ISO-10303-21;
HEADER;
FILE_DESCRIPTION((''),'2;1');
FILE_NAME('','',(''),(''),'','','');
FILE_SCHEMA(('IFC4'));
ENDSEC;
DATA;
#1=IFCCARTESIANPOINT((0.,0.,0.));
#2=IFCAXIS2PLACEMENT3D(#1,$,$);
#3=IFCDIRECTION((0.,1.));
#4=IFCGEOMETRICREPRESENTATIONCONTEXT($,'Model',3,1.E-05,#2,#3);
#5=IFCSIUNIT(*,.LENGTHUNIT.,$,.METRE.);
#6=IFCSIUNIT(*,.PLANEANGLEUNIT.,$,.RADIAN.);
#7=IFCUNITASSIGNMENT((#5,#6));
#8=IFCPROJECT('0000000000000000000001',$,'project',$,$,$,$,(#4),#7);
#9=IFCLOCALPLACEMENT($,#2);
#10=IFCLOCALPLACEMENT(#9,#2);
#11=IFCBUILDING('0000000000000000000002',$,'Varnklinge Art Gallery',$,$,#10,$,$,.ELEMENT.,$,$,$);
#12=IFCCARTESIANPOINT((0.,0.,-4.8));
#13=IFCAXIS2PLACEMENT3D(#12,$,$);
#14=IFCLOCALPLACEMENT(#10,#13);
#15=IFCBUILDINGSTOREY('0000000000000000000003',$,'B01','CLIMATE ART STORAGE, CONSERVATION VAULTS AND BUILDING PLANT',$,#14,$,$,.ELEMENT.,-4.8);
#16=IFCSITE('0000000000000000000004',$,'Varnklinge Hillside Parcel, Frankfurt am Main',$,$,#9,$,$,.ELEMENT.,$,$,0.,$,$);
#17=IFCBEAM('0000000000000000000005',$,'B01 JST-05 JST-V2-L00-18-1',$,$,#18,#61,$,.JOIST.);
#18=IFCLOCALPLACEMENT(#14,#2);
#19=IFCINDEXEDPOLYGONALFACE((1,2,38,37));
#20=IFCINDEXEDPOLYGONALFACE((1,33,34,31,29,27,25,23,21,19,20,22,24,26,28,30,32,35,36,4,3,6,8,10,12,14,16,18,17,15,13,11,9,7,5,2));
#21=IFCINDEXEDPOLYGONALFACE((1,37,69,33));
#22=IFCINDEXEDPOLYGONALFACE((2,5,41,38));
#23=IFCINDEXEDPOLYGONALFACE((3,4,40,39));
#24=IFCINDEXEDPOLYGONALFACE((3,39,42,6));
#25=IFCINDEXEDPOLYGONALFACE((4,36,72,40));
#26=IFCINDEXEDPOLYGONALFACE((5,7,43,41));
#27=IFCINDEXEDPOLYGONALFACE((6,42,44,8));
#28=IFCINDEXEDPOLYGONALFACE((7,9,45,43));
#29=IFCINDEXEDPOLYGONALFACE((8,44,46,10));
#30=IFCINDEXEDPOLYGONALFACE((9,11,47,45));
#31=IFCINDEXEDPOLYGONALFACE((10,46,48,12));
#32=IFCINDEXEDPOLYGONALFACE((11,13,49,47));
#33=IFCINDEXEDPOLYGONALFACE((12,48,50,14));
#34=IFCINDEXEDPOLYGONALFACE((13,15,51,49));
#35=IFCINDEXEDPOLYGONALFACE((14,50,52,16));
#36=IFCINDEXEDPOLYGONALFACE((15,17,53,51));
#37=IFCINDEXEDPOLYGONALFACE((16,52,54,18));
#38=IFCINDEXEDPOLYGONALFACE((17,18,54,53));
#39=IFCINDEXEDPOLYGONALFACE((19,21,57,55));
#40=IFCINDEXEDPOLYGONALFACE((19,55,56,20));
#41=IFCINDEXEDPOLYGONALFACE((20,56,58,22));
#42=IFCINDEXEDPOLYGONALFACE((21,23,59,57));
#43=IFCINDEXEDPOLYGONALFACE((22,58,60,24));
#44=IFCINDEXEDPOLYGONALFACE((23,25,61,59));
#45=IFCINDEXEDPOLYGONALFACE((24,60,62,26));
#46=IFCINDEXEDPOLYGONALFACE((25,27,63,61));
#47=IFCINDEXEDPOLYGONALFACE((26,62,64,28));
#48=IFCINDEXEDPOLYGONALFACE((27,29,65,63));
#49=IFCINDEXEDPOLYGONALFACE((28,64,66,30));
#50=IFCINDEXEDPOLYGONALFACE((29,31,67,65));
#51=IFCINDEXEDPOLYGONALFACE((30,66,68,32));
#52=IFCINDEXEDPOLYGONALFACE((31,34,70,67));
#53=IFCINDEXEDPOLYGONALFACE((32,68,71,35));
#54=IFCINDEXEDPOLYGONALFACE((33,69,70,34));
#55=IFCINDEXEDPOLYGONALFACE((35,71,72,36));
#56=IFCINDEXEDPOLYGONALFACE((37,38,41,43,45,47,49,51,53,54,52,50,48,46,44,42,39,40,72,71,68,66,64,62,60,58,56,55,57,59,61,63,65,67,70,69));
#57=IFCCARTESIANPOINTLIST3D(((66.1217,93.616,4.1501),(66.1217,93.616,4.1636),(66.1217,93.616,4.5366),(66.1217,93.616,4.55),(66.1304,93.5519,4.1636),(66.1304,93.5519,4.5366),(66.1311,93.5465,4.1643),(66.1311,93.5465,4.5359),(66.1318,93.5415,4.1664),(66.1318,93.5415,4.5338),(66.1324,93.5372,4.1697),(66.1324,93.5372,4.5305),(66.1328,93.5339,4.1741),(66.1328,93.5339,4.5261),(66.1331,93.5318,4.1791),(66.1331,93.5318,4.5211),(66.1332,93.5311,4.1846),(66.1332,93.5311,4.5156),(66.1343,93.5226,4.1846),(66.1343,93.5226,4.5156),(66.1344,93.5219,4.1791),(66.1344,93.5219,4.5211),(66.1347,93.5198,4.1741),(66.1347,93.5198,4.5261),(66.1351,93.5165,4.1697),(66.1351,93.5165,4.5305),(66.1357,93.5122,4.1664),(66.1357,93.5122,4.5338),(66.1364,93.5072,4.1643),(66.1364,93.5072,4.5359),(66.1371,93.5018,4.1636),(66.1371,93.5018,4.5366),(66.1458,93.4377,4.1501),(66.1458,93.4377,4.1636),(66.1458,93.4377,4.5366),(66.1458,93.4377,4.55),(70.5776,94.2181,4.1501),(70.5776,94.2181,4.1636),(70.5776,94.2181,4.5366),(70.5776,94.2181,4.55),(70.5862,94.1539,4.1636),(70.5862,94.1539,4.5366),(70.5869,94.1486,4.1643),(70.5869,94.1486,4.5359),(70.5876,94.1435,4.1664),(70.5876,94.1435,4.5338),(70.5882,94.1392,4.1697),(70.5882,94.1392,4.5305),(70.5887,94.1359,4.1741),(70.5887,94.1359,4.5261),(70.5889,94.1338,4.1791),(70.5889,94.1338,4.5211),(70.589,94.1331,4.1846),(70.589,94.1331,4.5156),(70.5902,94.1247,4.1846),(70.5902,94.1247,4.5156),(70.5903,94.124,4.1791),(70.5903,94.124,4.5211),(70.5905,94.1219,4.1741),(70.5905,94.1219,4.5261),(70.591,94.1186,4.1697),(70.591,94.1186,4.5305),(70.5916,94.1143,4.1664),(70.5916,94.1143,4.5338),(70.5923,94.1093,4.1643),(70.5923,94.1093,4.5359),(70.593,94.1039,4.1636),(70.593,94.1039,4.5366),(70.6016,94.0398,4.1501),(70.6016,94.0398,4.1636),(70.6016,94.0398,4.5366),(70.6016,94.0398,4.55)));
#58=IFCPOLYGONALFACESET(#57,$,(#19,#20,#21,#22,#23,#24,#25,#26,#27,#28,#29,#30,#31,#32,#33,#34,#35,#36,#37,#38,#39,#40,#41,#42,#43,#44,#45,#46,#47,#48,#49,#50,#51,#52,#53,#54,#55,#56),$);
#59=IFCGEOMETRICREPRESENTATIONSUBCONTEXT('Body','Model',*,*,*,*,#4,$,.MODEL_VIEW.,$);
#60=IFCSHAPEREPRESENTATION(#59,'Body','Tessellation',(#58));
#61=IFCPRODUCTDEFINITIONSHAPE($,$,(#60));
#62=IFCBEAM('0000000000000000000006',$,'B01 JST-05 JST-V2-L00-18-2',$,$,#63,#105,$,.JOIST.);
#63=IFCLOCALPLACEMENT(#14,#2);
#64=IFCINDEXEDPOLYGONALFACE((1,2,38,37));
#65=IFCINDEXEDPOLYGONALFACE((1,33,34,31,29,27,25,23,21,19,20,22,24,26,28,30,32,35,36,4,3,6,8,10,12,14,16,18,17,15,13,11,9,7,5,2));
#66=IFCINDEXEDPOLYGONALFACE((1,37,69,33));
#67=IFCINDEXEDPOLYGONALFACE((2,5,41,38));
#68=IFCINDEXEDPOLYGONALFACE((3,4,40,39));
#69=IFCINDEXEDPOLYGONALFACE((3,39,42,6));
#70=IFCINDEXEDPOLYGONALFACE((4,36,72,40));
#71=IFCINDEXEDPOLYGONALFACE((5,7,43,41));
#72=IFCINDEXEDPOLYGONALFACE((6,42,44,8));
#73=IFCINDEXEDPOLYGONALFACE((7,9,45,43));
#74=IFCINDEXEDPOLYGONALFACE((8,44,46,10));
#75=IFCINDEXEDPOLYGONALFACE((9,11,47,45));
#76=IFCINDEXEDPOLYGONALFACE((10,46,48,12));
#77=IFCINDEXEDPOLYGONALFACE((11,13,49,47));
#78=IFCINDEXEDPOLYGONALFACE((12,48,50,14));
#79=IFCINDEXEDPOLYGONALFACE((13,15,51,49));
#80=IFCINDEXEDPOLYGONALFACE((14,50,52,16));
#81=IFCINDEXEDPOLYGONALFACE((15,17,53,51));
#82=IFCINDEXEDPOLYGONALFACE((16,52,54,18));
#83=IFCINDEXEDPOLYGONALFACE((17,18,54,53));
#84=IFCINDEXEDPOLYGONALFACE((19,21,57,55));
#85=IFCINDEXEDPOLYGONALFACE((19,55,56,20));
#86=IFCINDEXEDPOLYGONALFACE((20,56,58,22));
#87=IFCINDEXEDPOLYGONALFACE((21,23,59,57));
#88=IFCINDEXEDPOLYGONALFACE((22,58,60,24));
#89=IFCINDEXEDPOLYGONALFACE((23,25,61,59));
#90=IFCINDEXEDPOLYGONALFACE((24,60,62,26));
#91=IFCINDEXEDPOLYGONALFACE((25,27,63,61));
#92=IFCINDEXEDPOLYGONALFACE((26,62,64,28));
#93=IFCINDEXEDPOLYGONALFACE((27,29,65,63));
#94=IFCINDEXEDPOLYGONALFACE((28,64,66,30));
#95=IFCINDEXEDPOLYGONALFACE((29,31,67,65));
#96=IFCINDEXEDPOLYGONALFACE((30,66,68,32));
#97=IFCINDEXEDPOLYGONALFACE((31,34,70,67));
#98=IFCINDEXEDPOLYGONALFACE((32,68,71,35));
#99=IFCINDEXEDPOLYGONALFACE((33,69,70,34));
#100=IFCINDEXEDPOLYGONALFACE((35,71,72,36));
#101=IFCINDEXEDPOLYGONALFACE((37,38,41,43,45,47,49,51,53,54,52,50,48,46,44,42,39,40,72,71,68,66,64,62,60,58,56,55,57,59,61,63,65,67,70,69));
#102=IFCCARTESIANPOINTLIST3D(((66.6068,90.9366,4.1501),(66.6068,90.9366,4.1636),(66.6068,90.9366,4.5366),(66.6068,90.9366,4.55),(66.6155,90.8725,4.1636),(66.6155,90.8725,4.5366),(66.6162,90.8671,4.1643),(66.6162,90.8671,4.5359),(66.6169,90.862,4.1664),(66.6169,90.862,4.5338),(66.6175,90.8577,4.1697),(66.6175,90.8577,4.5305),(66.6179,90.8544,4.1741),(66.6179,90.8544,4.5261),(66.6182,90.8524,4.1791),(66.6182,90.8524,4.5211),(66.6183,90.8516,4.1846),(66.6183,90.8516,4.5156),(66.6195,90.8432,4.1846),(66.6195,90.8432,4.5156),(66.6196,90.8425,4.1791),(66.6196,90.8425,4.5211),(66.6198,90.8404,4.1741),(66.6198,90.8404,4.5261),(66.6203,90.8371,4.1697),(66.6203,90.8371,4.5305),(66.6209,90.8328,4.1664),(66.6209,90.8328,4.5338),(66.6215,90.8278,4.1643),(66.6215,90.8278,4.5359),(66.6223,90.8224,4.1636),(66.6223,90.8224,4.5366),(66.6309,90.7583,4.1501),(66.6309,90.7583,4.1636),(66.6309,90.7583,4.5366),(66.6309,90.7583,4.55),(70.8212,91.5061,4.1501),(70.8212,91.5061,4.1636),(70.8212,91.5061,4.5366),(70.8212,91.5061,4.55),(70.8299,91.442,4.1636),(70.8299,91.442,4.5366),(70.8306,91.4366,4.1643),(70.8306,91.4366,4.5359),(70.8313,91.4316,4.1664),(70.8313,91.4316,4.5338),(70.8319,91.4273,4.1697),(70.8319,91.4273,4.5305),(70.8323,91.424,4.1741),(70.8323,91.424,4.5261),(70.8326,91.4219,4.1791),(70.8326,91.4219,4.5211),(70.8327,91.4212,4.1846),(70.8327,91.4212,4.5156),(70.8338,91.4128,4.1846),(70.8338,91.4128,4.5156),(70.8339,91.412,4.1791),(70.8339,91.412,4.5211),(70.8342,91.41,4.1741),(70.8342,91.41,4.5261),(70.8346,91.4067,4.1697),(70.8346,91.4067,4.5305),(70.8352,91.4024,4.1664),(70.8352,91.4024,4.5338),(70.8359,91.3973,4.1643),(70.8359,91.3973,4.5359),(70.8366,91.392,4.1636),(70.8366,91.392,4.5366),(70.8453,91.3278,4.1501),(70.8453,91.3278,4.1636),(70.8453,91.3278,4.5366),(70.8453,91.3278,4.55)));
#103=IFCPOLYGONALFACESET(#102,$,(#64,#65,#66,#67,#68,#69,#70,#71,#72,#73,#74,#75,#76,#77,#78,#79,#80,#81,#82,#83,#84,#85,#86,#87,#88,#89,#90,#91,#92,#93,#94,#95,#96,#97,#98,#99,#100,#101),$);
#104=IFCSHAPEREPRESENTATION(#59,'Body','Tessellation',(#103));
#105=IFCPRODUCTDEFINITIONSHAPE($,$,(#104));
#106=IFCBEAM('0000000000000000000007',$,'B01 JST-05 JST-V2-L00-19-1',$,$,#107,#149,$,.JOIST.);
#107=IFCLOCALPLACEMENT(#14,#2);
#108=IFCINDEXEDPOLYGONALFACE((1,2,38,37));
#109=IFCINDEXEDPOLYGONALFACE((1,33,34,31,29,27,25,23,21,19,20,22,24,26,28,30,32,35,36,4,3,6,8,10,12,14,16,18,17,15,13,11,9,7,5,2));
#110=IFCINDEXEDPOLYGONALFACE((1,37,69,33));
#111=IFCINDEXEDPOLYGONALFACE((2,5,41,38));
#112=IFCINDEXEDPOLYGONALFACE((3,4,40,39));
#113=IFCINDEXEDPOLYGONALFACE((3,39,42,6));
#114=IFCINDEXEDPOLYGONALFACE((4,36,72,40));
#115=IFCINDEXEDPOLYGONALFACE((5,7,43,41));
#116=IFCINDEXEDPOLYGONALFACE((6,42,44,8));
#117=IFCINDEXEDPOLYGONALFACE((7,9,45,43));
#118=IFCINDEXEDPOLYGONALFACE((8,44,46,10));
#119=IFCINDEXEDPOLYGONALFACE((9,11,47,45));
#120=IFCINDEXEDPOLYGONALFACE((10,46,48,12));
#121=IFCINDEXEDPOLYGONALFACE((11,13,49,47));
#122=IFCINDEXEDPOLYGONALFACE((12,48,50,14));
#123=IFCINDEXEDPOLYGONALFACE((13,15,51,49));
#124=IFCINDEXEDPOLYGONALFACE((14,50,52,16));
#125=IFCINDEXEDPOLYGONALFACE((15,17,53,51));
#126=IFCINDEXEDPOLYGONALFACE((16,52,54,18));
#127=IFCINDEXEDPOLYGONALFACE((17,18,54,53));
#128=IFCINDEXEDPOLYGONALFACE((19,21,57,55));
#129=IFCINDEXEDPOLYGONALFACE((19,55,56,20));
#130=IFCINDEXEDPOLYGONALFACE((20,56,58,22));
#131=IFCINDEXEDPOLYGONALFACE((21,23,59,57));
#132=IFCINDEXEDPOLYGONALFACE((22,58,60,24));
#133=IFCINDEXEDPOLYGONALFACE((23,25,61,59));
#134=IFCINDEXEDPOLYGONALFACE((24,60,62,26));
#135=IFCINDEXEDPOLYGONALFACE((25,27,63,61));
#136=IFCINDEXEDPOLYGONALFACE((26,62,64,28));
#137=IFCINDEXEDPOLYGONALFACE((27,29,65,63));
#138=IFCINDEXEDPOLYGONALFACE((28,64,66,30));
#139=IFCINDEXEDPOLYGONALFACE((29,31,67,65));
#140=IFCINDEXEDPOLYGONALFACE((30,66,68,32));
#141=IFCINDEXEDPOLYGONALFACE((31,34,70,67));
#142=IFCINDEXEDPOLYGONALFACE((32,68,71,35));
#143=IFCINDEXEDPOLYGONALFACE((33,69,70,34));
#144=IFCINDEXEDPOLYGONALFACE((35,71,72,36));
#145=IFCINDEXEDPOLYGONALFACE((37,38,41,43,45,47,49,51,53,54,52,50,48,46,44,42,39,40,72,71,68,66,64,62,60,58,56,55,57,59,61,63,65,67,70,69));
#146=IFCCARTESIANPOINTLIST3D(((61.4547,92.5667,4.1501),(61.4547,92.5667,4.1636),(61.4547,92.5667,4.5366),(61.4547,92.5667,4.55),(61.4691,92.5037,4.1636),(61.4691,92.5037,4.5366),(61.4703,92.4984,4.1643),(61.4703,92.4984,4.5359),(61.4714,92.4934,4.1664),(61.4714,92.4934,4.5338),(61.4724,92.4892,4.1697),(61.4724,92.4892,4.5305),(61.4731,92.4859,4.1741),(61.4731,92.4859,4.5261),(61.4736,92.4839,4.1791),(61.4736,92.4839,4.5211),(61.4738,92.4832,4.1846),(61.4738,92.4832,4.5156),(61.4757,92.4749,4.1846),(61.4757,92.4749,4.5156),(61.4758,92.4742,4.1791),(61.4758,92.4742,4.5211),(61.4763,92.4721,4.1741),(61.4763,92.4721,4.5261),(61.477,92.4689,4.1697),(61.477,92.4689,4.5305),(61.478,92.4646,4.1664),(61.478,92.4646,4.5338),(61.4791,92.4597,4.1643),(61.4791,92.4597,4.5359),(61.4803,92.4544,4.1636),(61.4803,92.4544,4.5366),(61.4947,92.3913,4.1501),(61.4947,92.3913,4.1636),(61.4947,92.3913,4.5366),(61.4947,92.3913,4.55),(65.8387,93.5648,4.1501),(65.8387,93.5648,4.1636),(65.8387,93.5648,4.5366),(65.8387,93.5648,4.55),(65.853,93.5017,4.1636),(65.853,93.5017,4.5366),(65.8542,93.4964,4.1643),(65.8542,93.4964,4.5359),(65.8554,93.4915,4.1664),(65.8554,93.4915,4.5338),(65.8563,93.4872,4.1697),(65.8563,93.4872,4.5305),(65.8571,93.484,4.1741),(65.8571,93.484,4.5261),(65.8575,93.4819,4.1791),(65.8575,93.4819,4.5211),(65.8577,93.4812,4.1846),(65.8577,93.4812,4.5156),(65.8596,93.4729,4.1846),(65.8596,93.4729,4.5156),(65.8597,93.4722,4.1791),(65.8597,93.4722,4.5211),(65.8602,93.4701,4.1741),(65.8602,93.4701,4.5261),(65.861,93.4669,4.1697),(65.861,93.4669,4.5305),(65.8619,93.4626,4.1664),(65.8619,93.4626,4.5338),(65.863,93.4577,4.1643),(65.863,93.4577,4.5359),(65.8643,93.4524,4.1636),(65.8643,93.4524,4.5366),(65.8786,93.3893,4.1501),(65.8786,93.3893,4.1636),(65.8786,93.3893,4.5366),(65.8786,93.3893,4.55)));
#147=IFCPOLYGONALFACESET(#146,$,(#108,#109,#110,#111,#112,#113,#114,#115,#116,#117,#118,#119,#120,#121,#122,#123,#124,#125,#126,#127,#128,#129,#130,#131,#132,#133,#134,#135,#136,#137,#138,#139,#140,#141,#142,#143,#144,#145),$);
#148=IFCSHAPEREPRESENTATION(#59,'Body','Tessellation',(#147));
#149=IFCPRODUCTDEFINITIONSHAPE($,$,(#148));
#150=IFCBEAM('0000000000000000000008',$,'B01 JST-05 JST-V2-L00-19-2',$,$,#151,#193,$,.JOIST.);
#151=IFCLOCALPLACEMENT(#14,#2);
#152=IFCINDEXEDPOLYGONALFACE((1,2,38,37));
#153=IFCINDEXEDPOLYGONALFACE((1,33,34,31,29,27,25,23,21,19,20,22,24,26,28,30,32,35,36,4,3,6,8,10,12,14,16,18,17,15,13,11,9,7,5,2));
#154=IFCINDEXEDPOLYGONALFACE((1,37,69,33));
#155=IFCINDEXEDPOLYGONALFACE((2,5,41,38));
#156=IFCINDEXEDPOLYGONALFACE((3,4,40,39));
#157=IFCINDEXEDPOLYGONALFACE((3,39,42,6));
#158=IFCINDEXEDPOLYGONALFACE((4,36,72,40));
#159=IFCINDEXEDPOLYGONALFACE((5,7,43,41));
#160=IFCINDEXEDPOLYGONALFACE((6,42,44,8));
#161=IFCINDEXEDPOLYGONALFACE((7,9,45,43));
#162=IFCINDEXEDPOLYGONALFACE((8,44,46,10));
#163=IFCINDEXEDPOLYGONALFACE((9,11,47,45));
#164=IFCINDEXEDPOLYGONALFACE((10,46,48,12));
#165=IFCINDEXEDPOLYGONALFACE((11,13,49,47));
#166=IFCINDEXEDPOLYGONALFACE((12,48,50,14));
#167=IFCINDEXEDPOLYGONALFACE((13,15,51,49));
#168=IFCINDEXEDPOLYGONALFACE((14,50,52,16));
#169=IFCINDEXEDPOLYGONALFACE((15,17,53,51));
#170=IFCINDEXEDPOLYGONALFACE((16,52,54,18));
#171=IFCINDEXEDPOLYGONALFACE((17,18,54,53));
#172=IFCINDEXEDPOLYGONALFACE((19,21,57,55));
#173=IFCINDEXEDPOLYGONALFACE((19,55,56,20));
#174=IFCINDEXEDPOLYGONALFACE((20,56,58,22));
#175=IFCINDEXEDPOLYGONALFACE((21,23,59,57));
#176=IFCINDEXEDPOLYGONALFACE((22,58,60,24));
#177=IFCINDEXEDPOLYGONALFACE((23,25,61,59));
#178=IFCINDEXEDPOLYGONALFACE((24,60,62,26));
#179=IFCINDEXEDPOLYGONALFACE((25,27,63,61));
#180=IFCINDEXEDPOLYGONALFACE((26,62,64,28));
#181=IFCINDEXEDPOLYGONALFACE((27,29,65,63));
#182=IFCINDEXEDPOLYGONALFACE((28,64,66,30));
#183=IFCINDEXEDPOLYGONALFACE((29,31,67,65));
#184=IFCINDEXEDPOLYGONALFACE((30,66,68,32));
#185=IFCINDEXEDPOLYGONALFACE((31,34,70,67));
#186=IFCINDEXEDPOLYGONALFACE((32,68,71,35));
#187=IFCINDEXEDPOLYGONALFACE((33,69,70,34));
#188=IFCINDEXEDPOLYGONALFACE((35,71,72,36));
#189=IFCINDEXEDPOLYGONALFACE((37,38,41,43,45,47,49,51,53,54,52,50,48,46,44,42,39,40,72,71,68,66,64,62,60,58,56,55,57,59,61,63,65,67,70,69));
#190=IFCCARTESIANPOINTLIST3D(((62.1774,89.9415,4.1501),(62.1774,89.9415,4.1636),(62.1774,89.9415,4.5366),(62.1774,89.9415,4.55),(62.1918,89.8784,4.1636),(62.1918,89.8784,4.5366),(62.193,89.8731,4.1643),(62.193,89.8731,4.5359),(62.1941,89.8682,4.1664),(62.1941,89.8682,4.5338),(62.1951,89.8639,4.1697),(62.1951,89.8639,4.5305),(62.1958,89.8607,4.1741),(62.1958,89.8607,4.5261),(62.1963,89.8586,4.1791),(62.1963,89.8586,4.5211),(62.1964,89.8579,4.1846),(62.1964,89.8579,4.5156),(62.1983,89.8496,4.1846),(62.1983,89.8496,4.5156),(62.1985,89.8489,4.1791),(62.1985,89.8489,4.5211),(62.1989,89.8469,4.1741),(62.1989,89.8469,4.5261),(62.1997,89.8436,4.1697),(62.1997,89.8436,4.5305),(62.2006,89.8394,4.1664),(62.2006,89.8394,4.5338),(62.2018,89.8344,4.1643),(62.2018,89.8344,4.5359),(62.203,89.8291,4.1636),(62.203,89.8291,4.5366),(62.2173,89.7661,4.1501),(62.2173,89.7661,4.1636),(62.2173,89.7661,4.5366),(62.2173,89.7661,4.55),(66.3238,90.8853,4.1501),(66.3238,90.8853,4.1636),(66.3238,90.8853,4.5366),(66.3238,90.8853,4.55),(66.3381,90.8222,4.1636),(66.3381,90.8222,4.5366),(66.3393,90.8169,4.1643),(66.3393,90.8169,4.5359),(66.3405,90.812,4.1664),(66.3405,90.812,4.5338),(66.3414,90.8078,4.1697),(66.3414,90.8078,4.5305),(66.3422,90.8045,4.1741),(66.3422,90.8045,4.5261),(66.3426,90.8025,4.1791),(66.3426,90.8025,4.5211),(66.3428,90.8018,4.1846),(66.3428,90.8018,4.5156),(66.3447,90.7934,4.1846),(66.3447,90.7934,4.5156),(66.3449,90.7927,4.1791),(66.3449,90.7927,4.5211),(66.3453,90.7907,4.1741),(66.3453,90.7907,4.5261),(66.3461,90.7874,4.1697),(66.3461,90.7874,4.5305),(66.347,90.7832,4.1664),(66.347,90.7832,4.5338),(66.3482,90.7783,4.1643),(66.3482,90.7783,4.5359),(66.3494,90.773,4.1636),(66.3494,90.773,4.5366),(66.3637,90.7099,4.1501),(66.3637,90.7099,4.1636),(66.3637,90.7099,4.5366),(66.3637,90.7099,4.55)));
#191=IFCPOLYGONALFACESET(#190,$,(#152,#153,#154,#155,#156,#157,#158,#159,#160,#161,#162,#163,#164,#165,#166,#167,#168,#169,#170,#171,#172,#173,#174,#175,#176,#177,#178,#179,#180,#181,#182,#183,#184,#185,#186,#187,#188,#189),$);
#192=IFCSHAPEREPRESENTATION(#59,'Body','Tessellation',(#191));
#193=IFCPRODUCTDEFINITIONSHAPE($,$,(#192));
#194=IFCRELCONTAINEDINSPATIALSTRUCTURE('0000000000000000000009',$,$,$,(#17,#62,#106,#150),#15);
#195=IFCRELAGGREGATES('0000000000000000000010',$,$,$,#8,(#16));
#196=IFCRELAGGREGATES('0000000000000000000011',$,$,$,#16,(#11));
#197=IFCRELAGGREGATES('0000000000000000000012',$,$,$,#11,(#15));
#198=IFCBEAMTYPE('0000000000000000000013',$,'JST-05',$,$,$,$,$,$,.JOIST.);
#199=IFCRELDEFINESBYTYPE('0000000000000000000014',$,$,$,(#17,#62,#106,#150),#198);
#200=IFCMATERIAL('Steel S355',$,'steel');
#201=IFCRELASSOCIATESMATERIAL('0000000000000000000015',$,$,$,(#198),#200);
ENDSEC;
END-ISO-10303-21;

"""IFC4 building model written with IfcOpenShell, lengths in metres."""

from ifc_helpers import new_model, si_unit, direction, frame, origin, origin_2d, place, context, subcontext, project, spatial, i_section, extrude, material, material_profile, profile_set, type_object, element, save


model = new_model("IFC4")

# Units and contexts
model_context = context("Model", 3, precision=1e-05, world=origin(), true_north=direction((0.0, 1.0)))
body_context = subcontext(model_context, "Body", "Model", "MODEL_VIEW")
ifc_project = project(units=[si_unit("LENGTHUNIT", "METRE"), si_unit("PLANEANGLEUNIT", "RADIAN")], contexts=[model_context])

# Site, building, storey
site_placement = place(None, origin())
site = spatial("IfcSite", under=ifc_project, at=site_placement, Name="Varnklinge Hillside Parcel, Frankfurt am Main", CompositionType="ELEMENT", RefElevation=0.0)
building_placement = place(site_placement, origin())
building = spatial("IfcBuilding", under=site, at=building_placement, Name="Varnklinge Art Gallery", CompositionType="ELEMENT")
storey_placement = place(building_placement, frame((0.0, 0.0, -4.8)))
storey = spatial("IfcBuildingStorey", under=building, at=storey_placement, Name="B01", Description="CLIMATE ART STORAGE, CONSERVATION VAULTS AND BUILDING PLANT", CompositionType="ELEMENT", Elevation=-4.8)

# Beams
ifc_material_1 = material(Name="Steel S355", Category="steel")
ifc_material_profile_1 = material_profile(ifc_material_1, i_section(OverallWidth=0.1799, OverallDepth=0.3999, WebThickness=0.0085, FlangeThickness=0.0134, FilletRadius=0.021, at=origin_2d()), Name="IPE 400")
ifc_profile_set_1 = profile_set([ifc_material_profile_1], Name="Steel S355")
beam_type_1 = type_object("IfcBeamType", Name="JST-05", PredefinedType="JOIST", material=ifc_profile_set_1)
beam_1_placement = place(storey_placement, frame((70.5896, 94.1289, 4.3501), z_axis=(-0.990995, -0.133899, 0.0), x_axis=(0.133899, -0.990995, 0.0)))
element("IfcBeam", 1, at=beam_1_placement, inside=storey, type_object=beam_type_1, Name="B01 JST-05 JST-V2-L00-18-1", PredefinedType="JOIST", context=body_context, shape_type="SweptSolid", body=[
    extrude(i_section(OverallWidth=0.1799, OverallDepth=0.3999, WebThickness=0.0085, FlangeThickness=0.0134, FilletRadius=0.021, at=origin_2d()), origin(), (0.0, 0.0, 1.0), 4.4963),
])
beam_2_placement = place(storey_placement, frame((70.8333, 91.417, 4.3501), z_axis=(-0.99099, -0.133935, 0.0), x_axis=(0.133935, -0.99099, 0.0)))
element("IfcBeam", 2, at=beam_2_placement, inside=storey, type_object=beam_type_1, Name="B01 JST-05 JST-V2-L00-18-2", PredefinedType="JOIST", context=body_context, shape_type="SweptSolid", body=[
    extrude(i_section(OverallWidth=0.1799, OverallDepth=0.3999, WebThickness=0.0085, FlangeThickness=0.0134, FilletRadius=0.021, at=origin_2d()), origin(), (0.0, 0.0, 1.0), 4.2527),
])
beam_3_placement = place(storey_placement, frame((65.8586, 93.4771, 4.3501), z_axis=(-0.975052, -0.221975, 0.0), x_axis=(0.221975, -0.975052, 0.0)))
element("IfcBeam", 3, at=beam_3_placement, inside=storey, type_object=beam_type_1, Name="B01 JST-05 JST-V2-L00-19-1", PredefinedType="JOIST", context=body_context, shape_type="SweptSolid", body=[
    extrude(i_section(OverallWidth=0.1799, OverallDepth=0.3999, WebThickness=0.0085, FlangeThickness=0.0134, FilletRadius=0.021, at=origin_2d()), origin(), (0.0, 0.0, 1.0), 4.4961),
])
beam_4_placement = place(storey_placement, frame((66.3438, 90.7976, 4.3501), z_axis=(-0.975058, -0.221949, 0.0), x_axis=(0.221949, -0.975058, 0.0)))
element("IfcBeam", 4, at=beam_4_placement, inside=storey, type_object=beam_type_1, Name="B01 JST-05 JST-V2-L00-19-2", PredefinedType="JOIST", context=body_context, shape_type="SweptSolid", body=[
    extrude(i_section(OverallWidth=0.1799, OverallDepth=0.3999, WebThickness=0.0085, FlangeThickness=0.0134, FilletRadius=0.021, at=origin_2d()), origin(), (0.0, 0.0, 1.0), 4.2524),
])

save(model, "model.ifc")
